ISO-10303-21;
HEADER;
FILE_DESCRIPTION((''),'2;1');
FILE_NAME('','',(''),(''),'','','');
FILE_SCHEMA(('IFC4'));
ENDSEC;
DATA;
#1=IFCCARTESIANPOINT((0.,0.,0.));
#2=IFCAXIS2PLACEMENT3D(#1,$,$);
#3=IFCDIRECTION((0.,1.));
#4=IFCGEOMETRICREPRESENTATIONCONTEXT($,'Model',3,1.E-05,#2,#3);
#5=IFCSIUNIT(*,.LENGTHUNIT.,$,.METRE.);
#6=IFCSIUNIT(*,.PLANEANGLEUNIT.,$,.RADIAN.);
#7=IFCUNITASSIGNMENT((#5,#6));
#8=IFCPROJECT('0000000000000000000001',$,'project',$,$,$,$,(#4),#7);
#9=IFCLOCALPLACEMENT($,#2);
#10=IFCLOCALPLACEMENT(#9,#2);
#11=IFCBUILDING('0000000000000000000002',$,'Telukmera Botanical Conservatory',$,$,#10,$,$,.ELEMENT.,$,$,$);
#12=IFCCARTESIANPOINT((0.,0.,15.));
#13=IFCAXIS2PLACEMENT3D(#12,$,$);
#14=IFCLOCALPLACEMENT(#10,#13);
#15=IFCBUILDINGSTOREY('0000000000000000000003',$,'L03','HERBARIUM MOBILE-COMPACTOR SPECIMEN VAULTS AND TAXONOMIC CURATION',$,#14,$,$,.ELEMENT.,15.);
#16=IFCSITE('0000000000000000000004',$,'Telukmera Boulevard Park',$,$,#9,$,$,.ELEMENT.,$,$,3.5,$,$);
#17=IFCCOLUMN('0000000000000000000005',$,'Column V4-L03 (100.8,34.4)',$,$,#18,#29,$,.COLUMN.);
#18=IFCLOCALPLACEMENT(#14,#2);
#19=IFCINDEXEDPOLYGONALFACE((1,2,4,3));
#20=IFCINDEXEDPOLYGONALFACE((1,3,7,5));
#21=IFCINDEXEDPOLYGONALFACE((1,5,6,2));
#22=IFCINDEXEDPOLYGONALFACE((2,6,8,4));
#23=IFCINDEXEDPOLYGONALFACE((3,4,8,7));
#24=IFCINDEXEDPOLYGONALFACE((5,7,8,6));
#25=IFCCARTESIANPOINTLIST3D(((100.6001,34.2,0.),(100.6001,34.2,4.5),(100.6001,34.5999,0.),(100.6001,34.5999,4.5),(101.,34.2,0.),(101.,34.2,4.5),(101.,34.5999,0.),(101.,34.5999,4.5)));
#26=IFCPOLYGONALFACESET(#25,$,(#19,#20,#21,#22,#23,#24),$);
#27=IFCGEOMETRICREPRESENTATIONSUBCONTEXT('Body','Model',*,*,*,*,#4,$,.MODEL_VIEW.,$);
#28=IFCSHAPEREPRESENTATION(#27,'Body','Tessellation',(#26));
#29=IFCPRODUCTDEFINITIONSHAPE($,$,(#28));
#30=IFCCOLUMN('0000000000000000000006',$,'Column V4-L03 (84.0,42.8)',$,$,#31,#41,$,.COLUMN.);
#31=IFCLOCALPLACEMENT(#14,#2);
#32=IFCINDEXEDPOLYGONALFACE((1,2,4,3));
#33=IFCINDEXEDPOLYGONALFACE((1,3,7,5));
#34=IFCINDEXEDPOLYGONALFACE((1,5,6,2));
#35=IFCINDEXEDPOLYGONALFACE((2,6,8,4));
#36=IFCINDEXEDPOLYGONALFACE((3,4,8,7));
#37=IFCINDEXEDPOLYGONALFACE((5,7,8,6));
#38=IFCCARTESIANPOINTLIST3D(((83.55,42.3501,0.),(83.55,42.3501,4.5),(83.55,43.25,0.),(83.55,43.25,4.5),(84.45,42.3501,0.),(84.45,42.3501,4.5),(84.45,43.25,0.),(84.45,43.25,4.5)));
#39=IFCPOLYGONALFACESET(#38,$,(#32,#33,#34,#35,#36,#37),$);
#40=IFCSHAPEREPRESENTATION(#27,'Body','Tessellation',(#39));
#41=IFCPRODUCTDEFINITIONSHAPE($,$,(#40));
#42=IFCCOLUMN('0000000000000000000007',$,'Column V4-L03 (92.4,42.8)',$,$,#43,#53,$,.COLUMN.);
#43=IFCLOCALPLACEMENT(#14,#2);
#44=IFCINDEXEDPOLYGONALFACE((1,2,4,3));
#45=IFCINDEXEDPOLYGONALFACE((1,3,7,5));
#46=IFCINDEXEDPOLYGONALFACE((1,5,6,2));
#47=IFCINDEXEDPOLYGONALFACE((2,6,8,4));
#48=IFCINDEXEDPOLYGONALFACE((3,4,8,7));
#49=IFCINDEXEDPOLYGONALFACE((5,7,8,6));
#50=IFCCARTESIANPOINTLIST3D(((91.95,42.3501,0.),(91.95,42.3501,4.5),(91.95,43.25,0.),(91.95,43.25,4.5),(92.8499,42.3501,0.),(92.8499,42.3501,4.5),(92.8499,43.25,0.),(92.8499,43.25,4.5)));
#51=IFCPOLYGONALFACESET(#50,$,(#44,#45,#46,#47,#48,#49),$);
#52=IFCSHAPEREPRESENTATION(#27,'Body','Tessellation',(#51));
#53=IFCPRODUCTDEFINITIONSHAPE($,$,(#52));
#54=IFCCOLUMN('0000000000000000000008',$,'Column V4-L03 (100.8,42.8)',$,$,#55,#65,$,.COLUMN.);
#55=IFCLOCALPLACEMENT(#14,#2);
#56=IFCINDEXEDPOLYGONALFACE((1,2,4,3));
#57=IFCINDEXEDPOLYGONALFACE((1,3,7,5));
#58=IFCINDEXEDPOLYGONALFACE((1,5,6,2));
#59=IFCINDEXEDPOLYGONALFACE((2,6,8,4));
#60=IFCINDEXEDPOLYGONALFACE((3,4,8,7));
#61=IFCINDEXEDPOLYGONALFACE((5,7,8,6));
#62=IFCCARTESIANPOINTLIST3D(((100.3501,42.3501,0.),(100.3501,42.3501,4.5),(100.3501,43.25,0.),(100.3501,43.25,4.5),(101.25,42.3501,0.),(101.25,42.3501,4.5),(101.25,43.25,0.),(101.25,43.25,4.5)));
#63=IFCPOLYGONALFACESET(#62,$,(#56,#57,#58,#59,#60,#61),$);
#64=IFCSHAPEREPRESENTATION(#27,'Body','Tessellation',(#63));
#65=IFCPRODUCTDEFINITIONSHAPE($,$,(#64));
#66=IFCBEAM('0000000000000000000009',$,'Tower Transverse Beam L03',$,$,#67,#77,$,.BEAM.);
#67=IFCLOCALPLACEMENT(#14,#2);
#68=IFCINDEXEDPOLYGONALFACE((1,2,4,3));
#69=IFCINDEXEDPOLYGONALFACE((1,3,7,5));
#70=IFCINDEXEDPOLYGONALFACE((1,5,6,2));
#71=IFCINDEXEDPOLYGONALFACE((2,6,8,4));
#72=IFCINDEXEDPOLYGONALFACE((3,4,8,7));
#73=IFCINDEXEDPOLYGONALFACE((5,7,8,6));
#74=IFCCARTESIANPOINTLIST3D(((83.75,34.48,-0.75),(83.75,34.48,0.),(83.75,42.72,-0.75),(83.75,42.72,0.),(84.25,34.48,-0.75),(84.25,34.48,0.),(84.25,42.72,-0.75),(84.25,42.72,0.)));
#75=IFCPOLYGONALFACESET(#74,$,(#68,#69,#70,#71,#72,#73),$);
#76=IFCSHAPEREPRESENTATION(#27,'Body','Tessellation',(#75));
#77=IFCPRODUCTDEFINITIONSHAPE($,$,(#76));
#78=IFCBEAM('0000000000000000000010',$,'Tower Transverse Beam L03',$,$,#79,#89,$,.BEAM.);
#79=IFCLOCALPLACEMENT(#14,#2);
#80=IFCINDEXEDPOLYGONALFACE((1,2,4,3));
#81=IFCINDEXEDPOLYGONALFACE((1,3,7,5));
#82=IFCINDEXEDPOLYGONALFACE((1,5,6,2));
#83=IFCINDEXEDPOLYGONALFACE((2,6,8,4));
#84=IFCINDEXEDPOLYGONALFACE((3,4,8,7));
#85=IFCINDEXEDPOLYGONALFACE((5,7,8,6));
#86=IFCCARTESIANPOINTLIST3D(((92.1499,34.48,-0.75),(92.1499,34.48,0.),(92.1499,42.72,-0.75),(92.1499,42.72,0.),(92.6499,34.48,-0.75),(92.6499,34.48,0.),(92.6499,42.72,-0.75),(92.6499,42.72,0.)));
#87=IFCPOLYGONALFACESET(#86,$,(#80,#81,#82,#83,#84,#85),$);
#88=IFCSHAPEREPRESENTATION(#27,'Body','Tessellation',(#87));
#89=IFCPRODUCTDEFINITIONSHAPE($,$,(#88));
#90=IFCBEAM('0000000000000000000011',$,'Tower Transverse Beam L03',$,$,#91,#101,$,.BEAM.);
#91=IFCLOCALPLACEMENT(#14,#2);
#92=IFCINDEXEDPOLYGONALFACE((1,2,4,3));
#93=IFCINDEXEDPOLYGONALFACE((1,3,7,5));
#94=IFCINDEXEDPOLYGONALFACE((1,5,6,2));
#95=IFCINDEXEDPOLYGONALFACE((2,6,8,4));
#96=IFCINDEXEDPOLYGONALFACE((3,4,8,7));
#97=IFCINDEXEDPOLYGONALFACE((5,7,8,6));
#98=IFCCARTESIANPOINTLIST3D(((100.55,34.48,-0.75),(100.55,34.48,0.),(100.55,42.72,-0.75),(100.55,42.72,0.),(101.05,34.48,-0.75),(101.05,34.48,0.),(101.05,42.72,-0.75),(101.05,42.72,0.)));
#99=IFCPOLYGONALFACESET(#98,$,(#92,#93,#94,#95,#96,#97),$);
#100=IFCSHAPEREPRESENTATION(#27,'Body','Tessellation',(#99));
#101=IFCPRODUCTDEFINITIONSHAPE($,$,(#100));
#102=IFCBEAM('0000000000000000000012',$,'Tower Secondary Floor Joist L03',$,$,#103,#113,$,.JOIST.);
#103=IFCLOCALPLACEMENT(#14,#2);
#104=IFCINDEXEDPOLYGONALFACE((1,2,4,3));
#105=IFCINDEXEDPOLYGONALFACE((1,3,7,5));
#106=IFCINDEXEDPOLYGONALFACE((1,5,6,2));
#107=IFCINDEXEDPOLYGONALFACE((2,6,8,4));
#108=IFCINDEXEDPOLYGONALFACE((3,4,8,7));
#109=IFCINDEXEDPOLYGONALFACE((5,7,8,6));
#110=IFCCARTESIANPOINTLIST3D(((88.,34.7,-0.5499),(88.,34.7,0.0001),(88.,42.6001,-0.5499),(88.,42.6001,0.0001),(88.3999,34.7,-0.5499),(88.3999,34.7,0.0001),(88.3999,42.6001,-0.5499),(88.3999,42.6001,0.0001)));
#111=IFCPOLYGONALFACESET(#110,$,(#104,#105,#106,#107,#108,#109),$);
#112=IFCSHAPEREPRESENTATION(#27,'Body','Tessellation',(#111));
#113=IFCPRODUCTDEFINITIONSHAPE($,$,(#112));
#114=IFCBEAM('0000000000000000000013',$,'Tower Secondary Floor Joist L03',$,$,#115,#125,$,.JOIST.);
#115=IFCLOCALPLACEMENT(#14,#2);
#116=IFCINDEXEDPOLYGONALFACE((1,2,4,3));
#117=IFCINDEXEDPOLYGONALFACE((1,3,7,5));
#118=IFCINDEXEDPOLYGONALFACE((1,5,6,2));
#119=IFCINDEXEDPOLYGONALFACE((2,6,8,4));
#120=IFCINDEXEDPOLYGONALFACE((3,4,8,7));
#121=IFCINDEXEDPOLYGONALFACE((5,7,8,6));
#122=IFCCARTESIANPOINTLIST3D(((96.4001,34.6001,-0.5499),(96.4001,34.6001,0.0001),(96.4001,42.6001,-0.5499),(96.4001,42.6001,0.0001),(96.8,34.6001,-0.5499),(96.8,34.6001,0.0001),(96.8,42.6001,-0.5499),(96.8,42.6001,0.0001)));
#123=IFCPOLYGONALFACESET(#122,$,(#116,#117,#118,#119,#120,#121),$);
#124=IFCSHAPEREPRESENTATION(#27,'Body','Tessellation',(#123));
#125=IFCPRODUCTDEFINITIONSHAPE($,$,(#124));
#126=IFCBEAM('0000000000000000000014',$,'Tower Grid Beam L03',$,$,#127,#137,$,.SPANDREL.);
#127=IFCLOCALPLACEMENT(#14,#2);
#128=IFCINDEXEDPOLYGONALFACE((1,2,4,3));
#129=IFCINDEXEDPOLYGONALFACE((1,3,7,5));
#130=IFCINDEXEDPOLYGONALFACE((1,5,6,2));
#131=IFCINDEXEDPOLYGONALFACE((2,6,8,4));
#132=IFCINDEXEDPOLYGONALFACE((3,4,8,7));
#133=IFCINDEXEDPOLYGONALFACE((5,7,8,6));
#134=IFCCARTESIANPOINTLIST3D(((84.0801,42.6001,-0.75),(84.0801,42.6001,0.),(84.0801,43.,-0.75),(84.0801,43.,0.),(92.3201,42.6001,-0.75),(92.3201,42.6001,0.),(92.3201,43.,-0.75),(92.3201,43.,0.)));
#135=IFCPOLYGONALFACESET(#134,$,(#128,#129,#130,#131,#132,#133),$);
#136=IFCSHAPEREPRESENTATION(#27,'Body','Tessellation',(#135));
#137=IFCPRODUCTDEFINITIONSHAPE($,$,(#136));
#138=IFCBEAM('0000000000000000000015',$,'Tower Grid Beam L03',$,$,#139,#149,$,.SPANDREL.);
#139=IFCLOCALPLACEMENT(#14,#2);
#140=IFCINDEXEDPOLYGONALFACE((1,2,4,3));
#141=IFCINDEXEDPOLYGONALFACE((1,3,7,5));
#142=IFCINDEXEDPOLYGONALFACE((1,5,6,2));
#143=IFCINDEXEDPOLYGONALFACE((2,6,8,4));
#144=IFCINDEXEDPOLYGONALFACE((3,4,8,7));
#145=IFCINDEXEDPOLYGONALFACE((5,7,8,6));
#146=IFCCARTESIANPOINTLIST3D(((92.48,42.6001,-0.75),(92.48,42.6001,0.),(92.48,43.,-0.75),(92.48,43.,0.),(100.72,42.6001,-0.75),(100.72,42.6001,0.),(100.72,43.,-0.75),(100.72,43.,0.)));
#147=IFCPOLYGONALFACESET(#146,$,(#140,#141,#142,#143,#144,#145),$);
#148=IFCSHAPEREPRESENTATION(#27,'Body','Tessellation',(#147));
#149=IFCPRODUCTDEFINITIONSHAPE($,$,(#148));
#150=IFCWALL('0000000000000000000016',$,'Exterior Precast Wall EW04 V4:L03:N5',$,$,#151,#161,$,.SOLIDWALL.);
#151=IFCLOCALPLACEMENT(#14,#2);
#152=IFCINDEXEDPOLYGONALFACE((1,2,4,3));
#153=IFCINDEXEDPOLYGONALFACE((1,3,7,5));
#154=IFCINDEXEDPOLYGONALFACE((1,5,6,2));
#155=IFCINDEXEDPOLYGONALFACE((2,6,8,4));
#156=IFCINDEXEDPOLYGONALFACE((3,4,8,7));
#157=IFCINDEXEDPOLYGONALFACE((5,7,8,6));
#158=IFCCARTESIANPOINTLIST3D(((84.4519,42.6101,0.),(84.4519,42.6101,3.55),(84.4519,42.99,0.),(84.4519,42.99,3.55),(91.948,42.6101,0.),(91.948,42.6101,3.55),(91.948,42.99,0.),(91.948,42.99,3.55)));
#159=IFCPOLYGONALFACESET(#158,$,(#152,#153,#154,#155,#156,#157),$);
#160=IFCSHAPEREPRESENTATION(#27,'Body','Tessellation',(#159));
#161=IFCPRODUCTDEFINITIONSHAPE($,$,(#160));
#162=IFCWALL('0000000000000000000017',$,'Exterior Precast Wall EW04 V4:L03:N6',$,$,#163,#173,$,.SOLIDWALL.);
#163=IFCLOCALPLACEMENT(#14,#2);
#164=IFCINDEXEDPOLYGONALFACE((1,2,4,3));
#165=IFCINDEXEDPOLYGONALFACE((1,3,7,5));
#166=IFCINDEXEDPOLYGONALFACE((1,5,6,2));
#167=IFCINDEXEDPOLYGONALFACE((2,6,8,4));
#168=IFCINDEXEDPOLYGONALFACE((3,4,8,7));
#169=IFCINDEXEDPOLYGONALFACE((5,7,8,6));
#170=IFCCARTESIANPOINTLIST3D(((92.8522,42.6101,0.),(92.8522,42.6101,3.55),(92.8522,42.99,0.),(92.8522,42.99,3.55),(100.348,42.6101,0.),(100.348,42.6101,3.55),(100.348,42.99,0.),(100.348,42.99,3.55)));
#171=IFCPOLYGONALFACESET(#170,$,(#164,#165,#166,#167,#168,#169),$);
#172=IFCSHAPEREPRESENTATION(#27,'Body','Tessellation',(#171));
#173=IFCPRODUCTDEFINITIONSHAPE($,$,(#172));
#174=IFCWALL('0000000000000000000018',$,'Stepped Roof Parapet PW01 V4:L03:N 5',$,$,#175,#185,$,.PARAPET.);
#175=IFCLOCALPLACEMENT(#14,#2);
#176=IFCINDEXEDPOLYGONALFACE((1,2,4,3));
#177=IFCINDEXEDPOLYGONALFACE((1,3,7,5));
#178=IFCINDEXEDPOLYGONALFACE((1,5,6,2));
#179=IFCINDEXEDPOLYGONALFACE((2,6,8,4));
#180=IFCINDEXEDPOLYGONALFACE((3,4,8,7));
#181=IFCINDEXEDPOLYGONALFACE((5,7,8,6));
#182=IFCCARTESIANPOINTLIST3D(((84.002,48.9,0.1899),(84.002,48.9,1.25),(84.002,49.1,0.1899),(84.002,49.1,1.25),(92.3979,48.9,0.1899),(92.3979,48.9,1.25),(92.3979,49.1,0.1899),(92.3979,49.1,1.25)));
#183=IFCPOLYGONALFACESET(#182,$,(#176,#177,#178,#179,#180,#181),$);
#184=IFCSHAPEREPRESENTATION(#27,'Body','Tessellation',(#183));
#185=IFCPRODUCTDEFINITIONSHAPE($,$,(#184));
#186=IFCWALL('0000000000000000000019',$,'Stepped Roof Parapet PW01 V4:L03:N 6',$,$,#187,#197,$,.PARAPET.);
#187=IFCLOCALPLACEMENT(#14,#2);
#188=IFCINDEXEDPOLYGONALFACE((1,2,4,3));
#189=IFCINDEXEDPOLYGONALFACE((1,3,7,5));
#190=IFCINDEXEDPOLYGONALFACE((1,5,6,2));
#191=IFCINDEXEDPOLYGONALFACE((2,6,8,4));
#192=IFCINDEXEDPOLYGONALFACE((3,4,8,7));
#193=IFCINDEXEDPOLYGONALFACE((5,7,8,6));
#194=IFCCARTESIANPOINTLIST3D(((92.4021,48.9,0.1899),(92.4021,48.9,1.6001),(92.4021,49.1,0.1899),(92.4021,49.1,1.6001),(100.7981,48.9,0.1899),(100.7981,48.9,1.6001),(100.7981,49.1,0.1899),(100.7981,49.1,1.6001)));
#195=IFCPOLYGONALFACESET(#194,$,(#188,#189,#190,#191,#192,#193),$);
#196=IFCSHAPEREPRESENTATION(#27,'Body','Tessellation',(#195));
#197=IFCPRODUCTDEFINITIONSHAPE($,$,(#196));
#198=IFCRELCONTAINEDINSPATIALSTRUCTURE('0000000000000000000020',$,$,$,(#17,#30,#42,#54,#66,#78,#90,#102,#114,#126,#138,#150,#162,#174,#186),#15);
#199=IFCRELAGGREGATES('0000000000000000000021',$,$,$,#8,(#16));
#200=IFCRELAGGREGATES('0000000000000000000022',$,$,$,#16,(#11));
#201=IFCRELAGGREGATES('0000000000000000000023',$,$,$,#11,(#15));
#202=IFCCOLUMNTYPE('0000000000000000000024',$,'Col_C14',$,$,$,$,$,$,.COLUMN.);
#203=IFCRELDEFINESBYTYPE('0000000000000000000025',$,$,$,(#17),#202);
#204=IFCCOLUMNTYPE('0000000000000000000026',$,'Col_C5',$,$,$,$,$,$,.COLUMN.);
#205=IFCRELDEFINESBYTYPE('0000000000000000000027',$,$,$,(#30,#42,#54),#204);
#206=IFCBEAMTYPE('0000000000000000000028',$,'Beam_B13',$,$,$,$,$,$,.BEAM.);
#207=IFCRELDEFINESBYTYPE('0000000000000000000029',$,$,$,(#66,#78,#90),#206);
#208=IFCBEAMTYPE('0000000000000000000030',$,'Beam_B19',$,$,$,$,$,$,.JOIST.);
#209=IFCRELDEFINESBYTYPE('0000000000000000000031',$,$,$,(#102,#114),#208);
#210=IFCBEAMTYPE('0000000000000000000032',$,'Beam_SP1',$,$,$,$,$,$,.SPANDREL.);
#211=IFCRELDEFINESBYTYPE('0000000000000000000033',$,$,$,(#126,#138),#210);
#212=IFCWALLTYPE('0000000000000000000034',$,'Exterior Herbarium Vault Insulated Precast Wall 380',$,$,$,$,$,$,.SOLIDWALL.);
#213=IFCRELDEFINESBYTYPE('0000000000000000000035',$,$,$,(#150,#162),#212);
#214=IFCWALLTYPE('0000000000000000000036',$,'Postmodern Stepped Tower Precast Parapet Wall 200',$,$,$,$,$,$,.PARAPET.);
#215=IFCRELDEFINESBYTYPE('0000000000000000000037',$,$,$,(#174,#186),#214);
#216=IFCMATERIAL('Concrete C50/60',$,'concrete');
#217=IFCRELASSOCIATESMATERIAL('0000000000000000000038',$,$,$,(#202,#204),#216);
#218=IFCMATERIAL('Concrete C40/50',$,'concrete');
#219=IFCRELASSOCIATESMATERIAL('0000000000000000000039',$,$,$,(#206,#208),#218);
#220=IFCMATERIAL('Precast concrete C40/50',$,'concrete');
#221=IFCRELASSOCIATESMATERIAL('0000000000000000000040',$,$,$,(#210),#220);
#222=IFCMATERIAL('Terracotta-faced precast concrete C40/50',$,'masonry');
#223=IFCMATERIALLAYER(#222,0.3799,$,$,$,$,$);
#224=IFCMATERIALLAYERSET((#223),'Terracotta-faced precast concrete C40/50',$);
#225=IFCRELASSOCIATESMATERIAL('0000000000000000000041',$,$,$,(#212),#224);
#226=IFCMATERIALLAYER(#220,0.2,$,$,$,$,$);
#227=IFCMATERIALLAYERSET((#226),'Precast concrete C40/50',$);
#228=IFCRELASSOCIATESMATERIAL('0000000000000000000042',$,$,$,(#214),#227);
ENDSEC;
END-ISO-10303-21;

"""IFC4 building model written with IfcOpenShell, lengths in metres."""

from ifc_helpers import new_model, si_unit, direction, frame, frame_2d, origin, origin_2d, place, context, subcontext, project, spatial, rectangle, extrude, material, layer, layer_set, material_profile, profile_set, type_object, element, save


model = new_model("IFC4")

# Units and contexts
model_context = context("Model", 3, precision=1e-05, world=origin(), true_north=direction((0.0, 1.0)))
body_context = subcontext(model_context, "Body", "Model", "MODEL_VIEW")
ifc_project = project(units=[si_unit("LENGTHUNIT", "METRE"), si_unit("PLANEANGLEUNIT", "RADIAN")], contexts=[model_context])

# Site, building, storey
site_placement = place(None, origin())
site = spatial("IfcSite", under=ifc_project, at=site_placement, Name="Telukmera Boulevard Park", CompositionType="ELEMENT", RefElevation=3.5)
building_placement = place(site_placement, origin())
building = spatial("IfcBuilding", under=site, at=building_placement, Name="Telukmera Botanical Conservatory", CompositionType="ELEMENT")
storey_placement = place(building_placement, frame((0.0, 0.0, 15.0)))
storey = spatial("IfcBuildingStorey", under=building, at=storey_placement, Name="L03", Description="HERBARIUM MOBILE-COMPACTOR SPECIMEN VAULTS AND TAXONOMIC CURATION", CompositionType="ELEMENT", Elevation=15.0)

# Columns
ifc_material_1 = material(Name="Concrete C50/60", Category="concrete")
ifc_material_profile_1 = material_profile(ifc_material_1, rectangle(XDim=0.3999, YDim=0.3999, at=origin_2d()), Name="RC 400x400")
ifc_profile_set_1 = profile_set([ifc_material_profile_1], Name="Concrete C50/60")
column_type_1 = type_object("IfcColumnType", Name="Col_C14", PredefinedType="COLUMN", material=ifc_profile_set_1)
column_placement = place(storey_placement, frame((100.8, 34.3999, 0.0), z_axis=(0.0, 0.0, 1.0), x_axis=(1.0, 0.0, 0.0)))
element("IfcColumn", 1, at=column_placement, inside=storey, type_object=column_type_1, Name="Column V4-L03 (100.8,34.4)", PredefinedType="COLUMN", context=body_context, shape_type="SweptSolid", body=[
    extrude(rectangle(XDim=0.3999, YDim=0.3999, at=origin_2d()), origin(), (0.0, 0.0, 1.0), 4.5),
])
ifc_material_profile_2 = material_profile(ifc_material_1, rectangle(XDim=0.8999, YDim=0.8999, at=origin_2d()), Name="RC 900x900")
ifc_profile_set_2 = profile_set([ifc_material_profile_2], Name="Concrete C50/60")
column_type_2 = type_object("IfcColumnType", Name="Col_C5", PredefinedType="COLUMN", material=ifc_profile_set_2)
for number, where, z_axis, x_axis, name in (
    (2, (84.0, 42.8, 0.0), (0.0, 0.0, 1.0), (1.0, 0.0, 0.0), "Column V4-L03 (84.0,42.8)"),
    (3, (92.3999, 42.8, 0.0), (0.0, 0.0, 1.0), (1.0, 0.0, 0.0), "Column V4-L03 (92.4,42.8)"),
    (4, (100.8, 42.8, 0.0), (0.0, 0.0, 1.0), (1.0, 0.0, 0.0), "Column V4-L03 (100.8,42.8)"),
):
    element("IfcColumn", number, at=place(storey_placement, frame(where, z_axis=z_axis, x_axis=x_axis)), inside=storey, type_object=column_type_2, Name=name, PredefinedType="COLUMN", context=body_context, shape_type="SweptSolid", body=[
        extrude(rectangle(XDim=0.8999, YDim=0.8999, at=origin_2d()), origin(), (0.0, 0.0, 1.0), 4.5),
    ])

# Beams
ifc_material_2 = material(Name="Concrete C40/50", Category="concrete")
ifc_material_profile_3 = material_profile(ifc_material_2, rectangle(XDim=0.5, YDim=0.75, at=origin_2d()), Name="RC 500x750")
ifc_profile_set_3 = profile_set([ifc_material_profile_3], Name="Concrete C40/50")
beam_type_1 = type_object("IfcBeamType", Name="Beam_B13", PredefinedType="BEAM", material=ifc_profile_set_3)
for number, where, z_axis, x_axis, name in (
    (5, (84.0, 34.48, -0.375), (0.0, 1.0, 0.0), (-1.0, 0.0, 0.0), "Tower Transverse Beam L03"),
    (6, (92.3999, 34.48, -0.375), (0.0, 1.0, 0.0), (-1.0, 0.0, 0.0), "Tower Transverse Beam L03"),
    (7, (100.8, 34.48, -0.375), (0.0, 1.0, 0.0), (-1.0, 0.0, 0.0), "Tower Transverse Beam L03"),
):
    element("IfcBeam", number, at=place(storey_placement, frame(where, z_axis=z_axis, x_axis=x_axis)), inside=storey, type_object=beam_type_1, Name=name, PredefinedType="BEAM", context=body_context, shape_type="SweptSolid", body=[
        extrude(rectangle(XDim=0.5, YDim=0.75, at=origin_2d()), origin(), (0.0, 0.0, 1.0), 8.24),
    ])
ifc_material_profile_4 = material_profile(ifc_material_2, rectangle(XDim=0.3999, YDim=0.55, at=origin_2d()), Name="RC 400x550")
ifc_profile_set_4 = profile_set([ifc_material_profile_4], Name="Concrete C40/50")
beam_type_2 = type_object("IfcBeamType", Name="Beam_B19", PredefinedType="JOIST", material=ifc_profile_set_4)
beam_1_placement = place(storey_placement, frame((88.2, 34.7, -0.2749), z_axis=(0.0, 1.0, 0.0), x_axis=(-1.0, 0.0, 0.0)))
element("IfcBeam", 8, at=beam_1_placement, inside=storey, type_object=beam_type_2, Name="Tower Secondary Floor Joist L03", PredefinedType="JOIST", context=body_context, shape_type="SweptSolid", body=[
    extrude(rectangle(XDim=0.3999, YDim=0.55, at=origin_2d()), origin(), (0.0, 0.0, 1.0), 7.9001),
])
beam_2_placement = place(storey_placement, frame((96.6001, 34.6001, -0.2749), z_axis=(0.0, 1.0, 0.0), x_axis=(-1.0, 0.0, 0.0)))
element("IfcBeam", 9, at=beam_2_placement, inside=storey, type_object=beam_type_2, Name="Tower Secondary Floor Joist L03", PredefinedType="JOIST", context=body_context, shape_type="SweptSolid", body=[
    extrude(rectangle(XDim=0.3999, YDim=0.55, at=origin_2d()), origin(), (0.0, 0.0, 1.0), 8.0),
])
ifc_material_3 = material(Name="Precast concrete C40/50", Category="concrete")
ifc_material_profile_5 = material_profile(ifc_material_3, rectangle(XDim=0.3999, YDim=0.75, at=origin_2d()), Name="PC 400x750")
ifc_profile_set_5 = profile_set([ifc_material_profile_5], Name="Precast concrete C40/50")
beam_type_3 = type_object("IfcBeamType", Name="Beam_SP1", PredefinedType="SPANDREL", material=ifc_profile_set_5)
for number, where, z_axis, x_axis, name in (
    (10, (84.0801, 42.8, -0.375), (1.0, 0.0, 0.0), (0.0, 1.0, 0.0), "Tower Grid Beam L03"),
    (11, (92.48, 42.8, -0.375), (1.0, 0.0, 0.0), (0.0, 1.0, 0.0), "Tower Grid Beam L03"),
):
    element("IfcBeam", number, at=place(storey_placement, frame(where, z_axis=z_axis, x_axis=x_axis)), inside=storey, type_object=beam_type_3, Name=name, PredefinedType="SPANDREL", context=body_context, shape_type="SweptSolid", body=[
        extrude(rectangle(XDim=0.3999, YDim=0.75, at=origin_2d()), origin(), (0.0, 0.0, 1.0), 8.24),
    ])

# Walls
ifc_material_4 = material(Name="Terracotta-faced precast concrete C40/50", Category="masonry")
ifc_layer_1 = layer(ifc_material_4, 0.3799)
ifc_layer_set_1 = layer_set([ifc_layer_1], Name="Terracotta-faced precast concrete C40/50")
wall_type_1 = type_object("IfcWallType", Name="Exterior Herbarium Vault Insulated Precast Wall 380", PredefinedType="SOLIDWALL", material=ifc_layer_set_1)
wall_1_placement = place(storey_placement, frame((84.4519, 42.8, 0.0), z_axis=(0.0, 0.0, 1.0), x_axis=(1.0, 0.0, 0.0)))
element("IfcWall", 12, at=wall_1_placement, inside=storey, type_object=wall_type_1, Name="Exterior Precast Wall EW04 V4:L03:N5", PredefinedType="SOLIDWALL", context=body_context, shape_type="SweptSolid", body=[
    extrude(rectangle(XDim=7.4961, YDim=0.3799, at=frame_2d((3.748, 0.0))), origin(), (0.0, 0.0, 1.0), 3.55),
])
wall_2_placement = place(storey_placement, frame((92.8521, 42.8, 0.0), z_axis=(0.0, 0.0, 1.0), x_axis=(1.0, 0.0, 0.0)))
element("IfcWall", 13, at=wall_2_placement, inside=storey, type_object=wall_type_1, Name="Exterior Precast Wall EW04 V4:L03:N6", PredefinedType="SOLIDWALL", context=body_context, shape_type="SweptSolid", body=[
    extrude(rectangle(XDim=7.4958, YDim=0.3799, at=frame_2d((3.748, 0.0))), origin(), (0.0, 0.0, 1.0), 3.55),
])
ifc_layer_2 = layer(ifc_material_3, 0.2)
ifc_layer_set_2 = layer_set([ifc_layer_2], Name="Precast concrete C40/50")
wall_type_2 = type_object("IfcWallType", Name="Postmodern Stepped Tower Precast Parapet Wall 200", PredefinedType="PARAPET", material=ifc_layer_set_2)
wall_3_placement = place(storey_placement, frame((84.002, 49.0, 0.1899), z_axis=(0.0, 0.0, 1.0), x_axis=(1.0, 0.0, 0.0)))
element("IfcWall", 14, at=wall_3_placement, inside=storey, type_object=wall_type_2, Name="Stepped Roof Parapet PW01 V4:L03:N 5", PredefinedType="PARAPET", context=body_context, shape_type="SweptSolid", body=[
    extrude(rectangle(XDim=8.396, YDim=0.2, at=frame_2d((4.198, 0.0))), origin(), (0.0, 0.0, 1.0), 1.0601),
])
wall_4_placement = place(storey_placement, frame((92.4021, 49.0, 0.1899), z_axis=(0.0, 0.0, 1.0), x_axis=(1.0, 0.0, 0.0)))
element("IfcWall", 15, at=wall_4_placement, inside=storey, type_object=wall_type_2, Name="Stepped Roof Parapet PW01 V4:L03:N 6", PredefinedType="PARAPET", context=body_context, shape_type="SweptSolid", body=[
    extrude(rectangle(XDim=8.396, YDim=0.2, at=frame_2d((4.198, 0.0))), origin(), (0.0, 0.0, 1.0), 1.4102),
])

save(model, "model.ifc")
